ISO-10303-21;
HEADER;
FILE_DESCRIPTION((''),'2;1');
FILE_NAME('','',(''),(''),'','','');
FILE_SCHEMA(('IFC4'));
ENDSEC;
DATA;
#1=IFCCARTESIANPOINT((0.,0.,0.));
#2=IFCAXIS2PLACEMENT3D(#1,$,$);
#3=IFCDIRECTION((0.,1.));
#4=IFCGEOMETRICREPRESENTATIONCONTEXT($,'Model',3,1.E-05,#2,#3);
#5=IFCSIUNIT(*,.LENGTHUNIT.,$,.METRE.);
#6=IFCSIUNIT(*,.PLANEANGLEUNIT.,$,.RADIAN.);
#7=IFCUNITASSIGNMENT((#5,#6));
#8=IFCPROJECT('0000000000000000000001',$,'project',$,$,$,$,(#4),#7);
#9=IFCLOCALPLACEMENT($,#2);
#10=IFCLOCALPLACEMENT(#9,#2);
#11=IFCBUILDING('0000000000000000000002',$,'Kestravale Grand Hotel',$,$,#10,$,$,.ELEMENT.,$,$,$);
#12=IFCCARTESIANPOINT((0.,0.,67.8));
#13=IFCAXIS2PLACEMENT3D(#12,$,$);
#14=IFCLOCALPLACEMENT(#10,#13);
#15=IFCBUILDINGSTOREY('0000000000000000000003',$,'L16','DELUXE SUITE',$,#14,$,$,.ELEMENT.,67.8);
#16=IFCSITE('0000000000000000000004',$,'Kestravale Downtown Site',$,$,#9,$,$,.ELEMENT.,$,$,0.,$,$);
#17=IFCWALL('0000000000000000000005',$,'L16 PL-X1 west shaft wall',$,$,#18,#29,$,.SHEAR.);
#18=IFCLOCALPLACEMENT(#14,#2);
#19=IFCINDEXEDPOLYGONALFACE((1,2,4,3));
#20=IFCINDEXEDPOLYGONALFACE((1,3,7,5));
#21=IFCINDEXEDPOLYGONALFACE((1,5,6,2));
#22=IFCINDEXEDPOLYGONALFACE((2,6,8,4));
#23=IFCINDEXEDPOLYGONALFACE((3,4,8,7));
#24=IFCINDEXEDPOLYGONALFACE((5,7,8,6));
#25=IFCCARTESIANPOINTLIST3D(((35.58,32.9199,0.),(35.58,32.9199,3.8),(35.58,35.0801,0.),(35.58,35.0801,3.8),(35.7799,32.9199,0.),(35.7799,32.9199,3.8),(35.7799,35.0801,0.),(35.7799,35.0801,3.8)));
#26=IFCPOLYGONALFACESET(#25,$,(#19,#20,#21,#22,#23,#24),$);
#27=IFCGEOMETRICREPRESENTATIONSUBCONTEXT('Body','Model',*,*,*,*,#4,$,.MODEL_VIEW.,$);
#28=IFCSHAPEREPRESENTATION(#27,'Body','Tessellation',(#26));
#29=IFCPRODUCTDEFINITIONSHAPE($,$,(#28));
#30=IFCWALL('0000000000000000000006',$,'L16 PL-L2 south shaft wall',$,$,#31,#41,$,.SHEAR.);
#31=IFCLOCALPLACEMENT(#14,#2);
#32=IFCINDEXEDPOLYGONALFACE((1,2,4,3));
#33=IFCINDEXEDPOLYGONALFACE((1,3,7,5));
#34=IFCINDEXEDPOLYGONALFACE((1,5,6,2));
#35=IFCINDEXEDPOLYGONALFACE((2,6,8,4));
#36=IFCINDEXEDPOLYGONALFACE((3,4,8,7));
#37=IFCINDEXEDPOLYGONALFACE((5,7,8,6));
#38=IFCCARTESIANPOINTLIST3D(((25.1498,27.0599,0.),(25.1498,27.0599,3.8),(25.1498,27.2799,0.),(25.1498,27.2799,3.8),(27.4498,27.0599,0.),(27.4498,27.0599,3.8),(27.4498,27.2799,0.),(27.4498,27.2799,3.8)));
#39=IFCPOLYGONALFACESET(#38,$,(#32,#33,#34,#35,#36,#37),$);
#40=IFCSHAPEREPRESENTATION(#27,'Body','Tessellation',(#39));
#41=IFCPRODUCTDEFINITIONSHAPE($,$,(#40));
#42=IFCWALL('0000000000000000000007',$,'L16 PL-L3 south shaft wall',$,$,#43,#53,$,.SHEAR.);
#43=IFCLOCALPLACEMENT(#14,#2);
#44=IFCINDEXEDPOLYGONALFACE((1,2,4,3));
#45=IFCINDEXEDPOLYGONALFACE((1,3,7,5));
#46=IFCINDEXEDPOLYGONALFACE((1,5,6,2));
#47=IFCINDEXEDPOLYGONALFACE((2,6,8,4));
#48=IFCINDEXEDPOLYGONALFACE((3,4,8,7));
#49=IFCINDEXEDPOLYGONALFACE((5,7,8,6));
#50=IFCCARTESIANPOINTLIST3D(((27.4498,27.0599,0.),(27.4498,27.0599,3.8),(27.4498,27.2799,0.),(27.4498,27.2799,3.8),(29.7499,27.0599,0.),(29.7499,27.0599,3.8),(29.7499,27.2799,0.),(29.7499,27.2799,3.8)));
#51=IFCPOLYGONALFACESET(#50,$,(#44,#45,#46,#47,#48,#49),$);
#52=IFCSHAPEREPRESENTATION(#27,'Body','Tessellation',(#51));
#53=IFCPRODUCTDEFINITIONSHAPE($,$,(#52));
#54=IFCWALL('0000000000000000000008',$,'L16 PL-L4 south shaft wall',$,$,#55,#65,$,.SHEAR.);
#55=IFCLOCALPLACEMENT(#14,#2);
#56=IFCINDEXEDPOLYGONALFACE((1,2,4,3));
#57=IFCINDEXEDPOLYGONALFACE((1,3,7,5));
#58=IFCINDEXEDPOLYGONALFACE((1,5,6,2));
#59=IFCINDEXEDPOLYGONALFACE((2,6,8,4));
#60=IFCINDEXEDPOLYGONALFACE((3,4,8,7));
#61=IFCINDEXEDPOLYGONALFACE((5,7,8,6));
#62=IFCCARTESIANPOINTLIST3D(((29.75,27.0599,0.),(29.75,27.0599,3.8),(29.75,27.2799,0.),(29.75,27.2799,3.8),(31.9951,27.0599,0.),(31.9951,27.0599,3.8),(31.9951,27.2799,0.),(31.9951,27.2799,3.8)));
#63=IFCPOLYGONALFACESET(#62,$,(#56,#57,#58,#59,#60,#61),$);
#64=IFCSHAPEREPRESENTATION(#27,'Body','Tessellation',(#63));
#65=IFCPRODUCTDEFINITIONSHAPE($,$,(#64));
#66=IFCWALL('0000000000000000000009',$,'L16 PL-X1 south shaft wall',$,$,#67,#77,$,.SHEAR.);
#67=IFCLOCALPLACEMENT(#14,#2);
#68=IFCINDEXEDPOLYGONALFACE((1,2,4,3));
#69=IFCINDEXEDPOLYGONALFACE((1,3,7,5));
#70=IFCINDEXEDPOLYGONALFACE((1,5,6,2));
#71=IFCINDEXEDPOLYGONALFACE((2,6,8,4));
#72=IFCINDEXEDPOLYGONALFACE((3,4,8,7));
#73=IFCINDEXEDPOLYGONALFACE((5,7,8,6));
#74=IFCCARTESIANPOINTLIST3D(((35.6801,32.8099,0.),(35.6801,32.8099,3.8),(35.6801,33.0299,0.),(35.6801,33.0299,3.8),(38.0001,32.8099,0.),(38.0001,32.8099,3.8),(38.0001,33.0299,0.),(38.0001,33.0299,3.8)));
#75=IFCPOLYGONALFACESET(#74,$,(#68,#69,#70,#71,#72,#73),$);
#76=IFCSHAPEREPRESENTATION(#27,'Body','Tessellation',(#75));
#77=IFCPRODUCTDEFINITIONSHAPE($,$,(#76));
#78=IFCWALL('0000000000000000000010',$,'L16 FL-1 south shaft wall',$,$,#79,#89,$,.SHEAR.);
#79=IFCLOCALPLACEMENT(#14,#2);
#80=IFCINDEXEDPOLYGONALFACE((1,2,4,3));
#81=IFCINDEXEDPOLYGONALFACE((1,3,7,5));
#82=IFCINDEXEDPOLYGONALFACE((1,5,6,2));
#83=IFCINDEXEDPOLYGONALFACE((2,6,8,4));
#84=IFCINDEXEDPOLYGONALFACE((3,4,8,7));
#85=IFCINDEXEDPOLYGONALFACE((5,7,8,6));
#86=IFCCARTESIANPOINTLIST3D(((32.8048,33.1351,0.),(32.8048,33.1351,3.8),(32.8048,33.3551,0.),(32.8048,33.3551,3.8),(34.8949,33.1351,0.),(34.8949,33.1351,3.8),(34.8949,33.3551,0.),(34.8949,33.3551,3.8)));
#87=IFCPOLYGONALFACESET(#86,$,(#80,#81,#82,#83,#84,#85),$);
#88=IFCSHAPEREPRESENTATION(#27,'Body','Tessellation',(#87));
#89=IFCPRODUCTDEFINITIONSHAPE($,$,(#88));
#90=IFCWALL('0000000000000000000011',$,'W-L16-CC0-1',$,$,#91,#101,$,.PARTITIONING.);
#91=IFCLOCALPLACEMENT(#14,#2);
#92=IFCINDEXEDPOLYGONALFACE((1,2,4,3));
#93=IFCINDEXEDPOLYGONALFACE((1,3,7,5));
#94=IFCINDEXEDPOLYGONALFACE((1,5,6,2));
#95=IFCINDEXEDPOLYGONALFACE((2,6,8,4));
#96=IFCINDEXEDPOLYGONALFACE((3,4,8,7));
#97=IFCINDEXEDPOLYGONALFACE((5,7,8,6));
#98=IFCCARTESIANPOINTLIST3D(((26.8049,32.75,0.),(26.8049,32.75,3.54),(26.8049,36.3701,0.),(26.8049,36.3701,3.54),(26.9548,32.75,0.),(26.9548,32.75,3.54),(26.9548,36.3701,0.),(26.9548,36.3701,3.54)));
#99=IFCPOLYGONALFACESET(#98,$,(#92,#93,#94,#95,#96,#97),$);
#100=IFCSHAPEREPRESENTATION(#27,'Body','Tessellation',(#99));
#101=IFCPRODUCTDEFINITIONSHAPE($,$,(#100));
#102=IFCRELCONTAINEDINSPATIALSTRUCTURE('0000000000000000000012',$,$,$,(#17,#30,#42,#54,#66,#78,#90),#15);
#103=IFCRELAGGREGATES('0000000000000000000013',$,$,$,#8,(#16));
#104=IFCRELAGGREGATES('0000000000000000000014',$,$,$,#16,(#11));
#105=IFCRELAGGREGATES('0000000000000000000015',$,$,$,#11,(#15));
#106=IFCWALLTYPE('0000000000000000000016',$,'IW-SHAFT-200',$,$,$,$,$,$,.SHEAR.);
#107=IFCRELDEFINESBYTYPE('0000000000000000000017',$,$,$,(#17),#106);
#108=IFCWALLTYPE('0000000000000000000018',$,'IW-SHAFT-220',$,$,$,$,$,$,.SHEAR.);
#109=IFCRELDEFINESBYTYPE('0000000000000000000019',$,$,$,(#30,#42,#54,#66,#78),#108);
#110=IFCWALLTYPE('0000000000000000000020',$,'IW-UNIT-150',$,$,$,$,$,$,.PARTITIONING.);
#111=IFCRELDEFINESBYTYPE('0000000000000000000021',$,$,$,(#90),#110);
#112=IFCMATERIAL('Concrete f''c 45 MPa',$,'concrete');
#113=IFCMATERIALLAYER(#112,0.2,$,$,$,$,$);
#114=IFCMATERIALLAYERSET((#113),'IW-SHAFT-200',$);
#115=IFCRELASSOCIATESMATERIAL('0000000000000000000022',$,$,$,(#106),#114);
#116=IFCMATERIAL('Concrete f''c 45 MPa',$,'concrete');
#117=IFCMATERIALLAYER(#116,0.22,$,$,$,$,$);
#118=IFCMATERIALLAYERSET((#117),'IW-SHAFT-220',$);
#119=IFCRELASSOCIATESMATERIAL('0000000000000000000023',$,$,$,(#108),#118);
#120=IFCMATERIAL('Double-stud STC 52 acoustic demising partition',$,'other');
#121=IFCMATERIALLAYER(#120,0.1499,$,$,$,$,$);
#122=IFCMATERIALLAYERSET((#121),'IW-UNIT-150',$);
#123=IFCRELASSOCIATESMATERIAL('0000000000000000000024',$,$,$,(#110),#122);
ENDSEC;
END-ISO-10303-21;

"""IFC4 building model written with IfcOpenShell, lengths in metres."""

from ifc_helpers import new_model, si_unit, direction, frame, frame_2d, origin, place, context, subcontext, project, spatial, rectangle, extrude, material, layer, layer_set, type_object, element, save


model = new_model("IFC4")

# Units and contexts
model_context = context("Model", 3, precision=1e-05, world=origin(), true_north=direction((0.0, 1.0)))
body_context = subcontext(model_context, "Body", "Model", "MODEL_VIEW")
ifc_project = project(units=[si_unit("LENGTHUNIT", "METRE"), si_unit("PLANEANGLEUNIT", "RADIAN")], contexts=[model_context])

# Site, building, storey
site_placement = place(None, origin())
site = spatial("IfcSite", under=ifc_project, at=site_placement, Name="Kestravale Downtown Site", CompositionType="ELEMENT", RefElevation=0.0)
building_placement = place(site_placement, origin())
building = spatial("IfcBuilding", under=site, at=building_placement, Name="Kestravale Grand Hotel", CompositionType="ELEMENT")
storey_placement = place(building_placement, frame((0.0, 0.0, 67.8)))
storey = spatial("IfcBuildingStorey", under=building, at=storey_placement, Name="L16", Description="DELUXE SUITE", CompositionType="ELEMENT", Elevation=67.8)

# Wall
ifc_material_1 = material(Name="Concrete f'c 45 MPa", Category="concrete")
ifc_layer_1 = layer(ifc_material_1, 0.2)
ifc_layer_set_1 = layer_set([ifc_layer_1], Name="IW-SHAFT-200")
wall_type_1 = type_object("IfcWallType", Name="IW-SHAFT-200", PredefinedType="SHEAR", material=ifc_layer_set_1)
wall_1_placement = place(storey_placement, frame((35.6799, 32.9199, 0.0), z_axis=(0.0, 0.0, 1.0), x_axis=(0.0, 1.0, 0.0)))
element("IfcWall", 1, at=wall_1_placement, inside=storey, type_object=wall_type_1, Name="L16 PL-X1 west shaft wall", PredefinedType="SHEAR", context=body_context, shape_type="SweptSolid", body=[
    extrude(rectangle(XDim=2.1602, YDim=0.2, at=frame_2d((1.0801, 0.0))), origin(), (0.0, 0.0, 1.0), 3.8),
])

# Shared definitions
ifc_material_2 = material(Name="Concrete f'c 45 MPa", Category="concrete")
ifc_layer_2 = layer(ifc_material_2, 0.22)
ifc_layer_set_2 = layer_set([ifc_layer_2], Name="IW-SHAFT-220")
wall_type_2 = type_object("IfcWallType", Name="IW-SHAFT-220", PredefinedType="SHEAR", material=ifc_layer_set_2)

# Wall
wall_2_placement = place(storey_placement, frame((25.1499, 27.1699, 0.0), z_axis=(0.0, 0.0, 1.0), x_axis=(1.0, 0.0, 0.0)))
element("IfcWall", 2, at=wall_2_placement, inside=storey, type_object=wall_type_2, Name="L16 PL-L2 south shaft wall", PredefinedType="SHEAR", context=body_context, shape_type="SweptSolid", body=[
    extrude(rectangle(XDim=2.3, YDim=0.22, at=frame_2d((1.1499, 0.0))), origin(), (0.0, 0.0, 1.0), 3.8),
])

# Wall
wall_3_placement = place(storey_placement, frame((27.45, 27.1699, 0.0), z_axis=(0.0, 0.0, 1.0), x_axis=(1.0, 0.0, 0.0)))
element("IfcWall", 3, at=wall_3_placement, inside=storey, type_object=wall_type_2, Name="L16 PL-L3 south shaft wall", PredefinedType="SHEAR", context=body_context, shape_type="SweptSolid", body=[
    extrude(rectangle(XDim=2.3, YDim=0.22, at=frame_2d((1.1499, 0.0))), origin(), (0.0, 0.0, 1.0), 3.8),
])

# Walls
wall_4_placement = place(storey_placement, frame((29.75, 27.1699, 0.0), z_axis=(0.0, 0.0, 1.0), x_axis=(1.0, 0.0, 0.0)))
element("IfcWall", 4, at=wall_4_placement, inside=storey, type_object=wall_type_2, Name="L16 PL-L4 south shaft wall", PredefinedType="SHEAR", context=body_context, shape_type="SweptSolid", body=[
    extrude(rectangle(XDim=2.2451, YDim=0.22, at=frame_2d((1.1226, 0.0))), origin(), (0.0, 0.0, 1.0), 3.8),
])
wall_5_placement = place(storey_placement, frame((35.6799, 32.9199, 0.0), z_axis=(0.0, 0.0, 1.0), x_axis=(1.0, 0.0, 0.0)))
element("IfcWall", 5, at=wall_5_placement, inside=storey, type_object=wall_type_2, Name="L16 PL-X1 south shaft wall", PredefinedType="SHEAR", context=body_context, shape_type="SweptSolid", body=[
    extrude(rectangle(XDim=2.3201, YDim=0.22, at=frame_2d((1.1602, 0.0))), origin(), (0.0, 0.0, 1.0), 3.8),
])
wall_6_placement = place(storey_placement, frame((32.8049, 33.2451, 0.0), z_axis=(0.0, 0.0, 1.0), x_axis=(1.0, 0.0, 0.0)))
element("IfcWall", 6, at=wall_6_placement, inside=storey, type_object=wall_type_2, Name="L16 FL-1 south shaft wall", PredefinedType="SHEAR", context=body_context, shape_type="SweptSolid", body=[
    extrude(rectangle(XDim=2.0901, YDim=0.22, at=frame_2d((1.0449, 0.0))), origin(), (0.0, 0.0, 1.0), 3.8),
])
ifc_material_3 = material(Name="Double-stud STC 52 acoustic demising partition", Category="other")
ifc_layer_3 = layer(ifc_material_3, 0.1499)
ifc_layer_set_3 = layer_set([ifc_layer_3], Name="IW-UNIT-150")
wall_type_3 = type_object("IfcWallType", Name="IW-UNIT-150", PredefinedType="PARTITIONING", material=ifc_layer_set_3)
wall_7_placement = place(storey_placement, frame((26.8799, 32.75, 0.0), z_axis=(0.0, 0.0, 1.0), x_axis=(0.0, 1.0, 0.0)))
element("IfcWall", 7, at=wall_7_placement, inside=storey, type_object=wall_type_3, Name="W-L16-CC0-1", PredefinedType="PARTITIONING", context=body_context, shape_type="SweptSolid", body=[
    extrude(rectangle(XDim=3.6201, YDim=0.1499, at=frame_2d((1.8101, 0.0))), origin(), (0.0, 0.0, 1.0), 3.54),
])

save(model, "model.ifc")
